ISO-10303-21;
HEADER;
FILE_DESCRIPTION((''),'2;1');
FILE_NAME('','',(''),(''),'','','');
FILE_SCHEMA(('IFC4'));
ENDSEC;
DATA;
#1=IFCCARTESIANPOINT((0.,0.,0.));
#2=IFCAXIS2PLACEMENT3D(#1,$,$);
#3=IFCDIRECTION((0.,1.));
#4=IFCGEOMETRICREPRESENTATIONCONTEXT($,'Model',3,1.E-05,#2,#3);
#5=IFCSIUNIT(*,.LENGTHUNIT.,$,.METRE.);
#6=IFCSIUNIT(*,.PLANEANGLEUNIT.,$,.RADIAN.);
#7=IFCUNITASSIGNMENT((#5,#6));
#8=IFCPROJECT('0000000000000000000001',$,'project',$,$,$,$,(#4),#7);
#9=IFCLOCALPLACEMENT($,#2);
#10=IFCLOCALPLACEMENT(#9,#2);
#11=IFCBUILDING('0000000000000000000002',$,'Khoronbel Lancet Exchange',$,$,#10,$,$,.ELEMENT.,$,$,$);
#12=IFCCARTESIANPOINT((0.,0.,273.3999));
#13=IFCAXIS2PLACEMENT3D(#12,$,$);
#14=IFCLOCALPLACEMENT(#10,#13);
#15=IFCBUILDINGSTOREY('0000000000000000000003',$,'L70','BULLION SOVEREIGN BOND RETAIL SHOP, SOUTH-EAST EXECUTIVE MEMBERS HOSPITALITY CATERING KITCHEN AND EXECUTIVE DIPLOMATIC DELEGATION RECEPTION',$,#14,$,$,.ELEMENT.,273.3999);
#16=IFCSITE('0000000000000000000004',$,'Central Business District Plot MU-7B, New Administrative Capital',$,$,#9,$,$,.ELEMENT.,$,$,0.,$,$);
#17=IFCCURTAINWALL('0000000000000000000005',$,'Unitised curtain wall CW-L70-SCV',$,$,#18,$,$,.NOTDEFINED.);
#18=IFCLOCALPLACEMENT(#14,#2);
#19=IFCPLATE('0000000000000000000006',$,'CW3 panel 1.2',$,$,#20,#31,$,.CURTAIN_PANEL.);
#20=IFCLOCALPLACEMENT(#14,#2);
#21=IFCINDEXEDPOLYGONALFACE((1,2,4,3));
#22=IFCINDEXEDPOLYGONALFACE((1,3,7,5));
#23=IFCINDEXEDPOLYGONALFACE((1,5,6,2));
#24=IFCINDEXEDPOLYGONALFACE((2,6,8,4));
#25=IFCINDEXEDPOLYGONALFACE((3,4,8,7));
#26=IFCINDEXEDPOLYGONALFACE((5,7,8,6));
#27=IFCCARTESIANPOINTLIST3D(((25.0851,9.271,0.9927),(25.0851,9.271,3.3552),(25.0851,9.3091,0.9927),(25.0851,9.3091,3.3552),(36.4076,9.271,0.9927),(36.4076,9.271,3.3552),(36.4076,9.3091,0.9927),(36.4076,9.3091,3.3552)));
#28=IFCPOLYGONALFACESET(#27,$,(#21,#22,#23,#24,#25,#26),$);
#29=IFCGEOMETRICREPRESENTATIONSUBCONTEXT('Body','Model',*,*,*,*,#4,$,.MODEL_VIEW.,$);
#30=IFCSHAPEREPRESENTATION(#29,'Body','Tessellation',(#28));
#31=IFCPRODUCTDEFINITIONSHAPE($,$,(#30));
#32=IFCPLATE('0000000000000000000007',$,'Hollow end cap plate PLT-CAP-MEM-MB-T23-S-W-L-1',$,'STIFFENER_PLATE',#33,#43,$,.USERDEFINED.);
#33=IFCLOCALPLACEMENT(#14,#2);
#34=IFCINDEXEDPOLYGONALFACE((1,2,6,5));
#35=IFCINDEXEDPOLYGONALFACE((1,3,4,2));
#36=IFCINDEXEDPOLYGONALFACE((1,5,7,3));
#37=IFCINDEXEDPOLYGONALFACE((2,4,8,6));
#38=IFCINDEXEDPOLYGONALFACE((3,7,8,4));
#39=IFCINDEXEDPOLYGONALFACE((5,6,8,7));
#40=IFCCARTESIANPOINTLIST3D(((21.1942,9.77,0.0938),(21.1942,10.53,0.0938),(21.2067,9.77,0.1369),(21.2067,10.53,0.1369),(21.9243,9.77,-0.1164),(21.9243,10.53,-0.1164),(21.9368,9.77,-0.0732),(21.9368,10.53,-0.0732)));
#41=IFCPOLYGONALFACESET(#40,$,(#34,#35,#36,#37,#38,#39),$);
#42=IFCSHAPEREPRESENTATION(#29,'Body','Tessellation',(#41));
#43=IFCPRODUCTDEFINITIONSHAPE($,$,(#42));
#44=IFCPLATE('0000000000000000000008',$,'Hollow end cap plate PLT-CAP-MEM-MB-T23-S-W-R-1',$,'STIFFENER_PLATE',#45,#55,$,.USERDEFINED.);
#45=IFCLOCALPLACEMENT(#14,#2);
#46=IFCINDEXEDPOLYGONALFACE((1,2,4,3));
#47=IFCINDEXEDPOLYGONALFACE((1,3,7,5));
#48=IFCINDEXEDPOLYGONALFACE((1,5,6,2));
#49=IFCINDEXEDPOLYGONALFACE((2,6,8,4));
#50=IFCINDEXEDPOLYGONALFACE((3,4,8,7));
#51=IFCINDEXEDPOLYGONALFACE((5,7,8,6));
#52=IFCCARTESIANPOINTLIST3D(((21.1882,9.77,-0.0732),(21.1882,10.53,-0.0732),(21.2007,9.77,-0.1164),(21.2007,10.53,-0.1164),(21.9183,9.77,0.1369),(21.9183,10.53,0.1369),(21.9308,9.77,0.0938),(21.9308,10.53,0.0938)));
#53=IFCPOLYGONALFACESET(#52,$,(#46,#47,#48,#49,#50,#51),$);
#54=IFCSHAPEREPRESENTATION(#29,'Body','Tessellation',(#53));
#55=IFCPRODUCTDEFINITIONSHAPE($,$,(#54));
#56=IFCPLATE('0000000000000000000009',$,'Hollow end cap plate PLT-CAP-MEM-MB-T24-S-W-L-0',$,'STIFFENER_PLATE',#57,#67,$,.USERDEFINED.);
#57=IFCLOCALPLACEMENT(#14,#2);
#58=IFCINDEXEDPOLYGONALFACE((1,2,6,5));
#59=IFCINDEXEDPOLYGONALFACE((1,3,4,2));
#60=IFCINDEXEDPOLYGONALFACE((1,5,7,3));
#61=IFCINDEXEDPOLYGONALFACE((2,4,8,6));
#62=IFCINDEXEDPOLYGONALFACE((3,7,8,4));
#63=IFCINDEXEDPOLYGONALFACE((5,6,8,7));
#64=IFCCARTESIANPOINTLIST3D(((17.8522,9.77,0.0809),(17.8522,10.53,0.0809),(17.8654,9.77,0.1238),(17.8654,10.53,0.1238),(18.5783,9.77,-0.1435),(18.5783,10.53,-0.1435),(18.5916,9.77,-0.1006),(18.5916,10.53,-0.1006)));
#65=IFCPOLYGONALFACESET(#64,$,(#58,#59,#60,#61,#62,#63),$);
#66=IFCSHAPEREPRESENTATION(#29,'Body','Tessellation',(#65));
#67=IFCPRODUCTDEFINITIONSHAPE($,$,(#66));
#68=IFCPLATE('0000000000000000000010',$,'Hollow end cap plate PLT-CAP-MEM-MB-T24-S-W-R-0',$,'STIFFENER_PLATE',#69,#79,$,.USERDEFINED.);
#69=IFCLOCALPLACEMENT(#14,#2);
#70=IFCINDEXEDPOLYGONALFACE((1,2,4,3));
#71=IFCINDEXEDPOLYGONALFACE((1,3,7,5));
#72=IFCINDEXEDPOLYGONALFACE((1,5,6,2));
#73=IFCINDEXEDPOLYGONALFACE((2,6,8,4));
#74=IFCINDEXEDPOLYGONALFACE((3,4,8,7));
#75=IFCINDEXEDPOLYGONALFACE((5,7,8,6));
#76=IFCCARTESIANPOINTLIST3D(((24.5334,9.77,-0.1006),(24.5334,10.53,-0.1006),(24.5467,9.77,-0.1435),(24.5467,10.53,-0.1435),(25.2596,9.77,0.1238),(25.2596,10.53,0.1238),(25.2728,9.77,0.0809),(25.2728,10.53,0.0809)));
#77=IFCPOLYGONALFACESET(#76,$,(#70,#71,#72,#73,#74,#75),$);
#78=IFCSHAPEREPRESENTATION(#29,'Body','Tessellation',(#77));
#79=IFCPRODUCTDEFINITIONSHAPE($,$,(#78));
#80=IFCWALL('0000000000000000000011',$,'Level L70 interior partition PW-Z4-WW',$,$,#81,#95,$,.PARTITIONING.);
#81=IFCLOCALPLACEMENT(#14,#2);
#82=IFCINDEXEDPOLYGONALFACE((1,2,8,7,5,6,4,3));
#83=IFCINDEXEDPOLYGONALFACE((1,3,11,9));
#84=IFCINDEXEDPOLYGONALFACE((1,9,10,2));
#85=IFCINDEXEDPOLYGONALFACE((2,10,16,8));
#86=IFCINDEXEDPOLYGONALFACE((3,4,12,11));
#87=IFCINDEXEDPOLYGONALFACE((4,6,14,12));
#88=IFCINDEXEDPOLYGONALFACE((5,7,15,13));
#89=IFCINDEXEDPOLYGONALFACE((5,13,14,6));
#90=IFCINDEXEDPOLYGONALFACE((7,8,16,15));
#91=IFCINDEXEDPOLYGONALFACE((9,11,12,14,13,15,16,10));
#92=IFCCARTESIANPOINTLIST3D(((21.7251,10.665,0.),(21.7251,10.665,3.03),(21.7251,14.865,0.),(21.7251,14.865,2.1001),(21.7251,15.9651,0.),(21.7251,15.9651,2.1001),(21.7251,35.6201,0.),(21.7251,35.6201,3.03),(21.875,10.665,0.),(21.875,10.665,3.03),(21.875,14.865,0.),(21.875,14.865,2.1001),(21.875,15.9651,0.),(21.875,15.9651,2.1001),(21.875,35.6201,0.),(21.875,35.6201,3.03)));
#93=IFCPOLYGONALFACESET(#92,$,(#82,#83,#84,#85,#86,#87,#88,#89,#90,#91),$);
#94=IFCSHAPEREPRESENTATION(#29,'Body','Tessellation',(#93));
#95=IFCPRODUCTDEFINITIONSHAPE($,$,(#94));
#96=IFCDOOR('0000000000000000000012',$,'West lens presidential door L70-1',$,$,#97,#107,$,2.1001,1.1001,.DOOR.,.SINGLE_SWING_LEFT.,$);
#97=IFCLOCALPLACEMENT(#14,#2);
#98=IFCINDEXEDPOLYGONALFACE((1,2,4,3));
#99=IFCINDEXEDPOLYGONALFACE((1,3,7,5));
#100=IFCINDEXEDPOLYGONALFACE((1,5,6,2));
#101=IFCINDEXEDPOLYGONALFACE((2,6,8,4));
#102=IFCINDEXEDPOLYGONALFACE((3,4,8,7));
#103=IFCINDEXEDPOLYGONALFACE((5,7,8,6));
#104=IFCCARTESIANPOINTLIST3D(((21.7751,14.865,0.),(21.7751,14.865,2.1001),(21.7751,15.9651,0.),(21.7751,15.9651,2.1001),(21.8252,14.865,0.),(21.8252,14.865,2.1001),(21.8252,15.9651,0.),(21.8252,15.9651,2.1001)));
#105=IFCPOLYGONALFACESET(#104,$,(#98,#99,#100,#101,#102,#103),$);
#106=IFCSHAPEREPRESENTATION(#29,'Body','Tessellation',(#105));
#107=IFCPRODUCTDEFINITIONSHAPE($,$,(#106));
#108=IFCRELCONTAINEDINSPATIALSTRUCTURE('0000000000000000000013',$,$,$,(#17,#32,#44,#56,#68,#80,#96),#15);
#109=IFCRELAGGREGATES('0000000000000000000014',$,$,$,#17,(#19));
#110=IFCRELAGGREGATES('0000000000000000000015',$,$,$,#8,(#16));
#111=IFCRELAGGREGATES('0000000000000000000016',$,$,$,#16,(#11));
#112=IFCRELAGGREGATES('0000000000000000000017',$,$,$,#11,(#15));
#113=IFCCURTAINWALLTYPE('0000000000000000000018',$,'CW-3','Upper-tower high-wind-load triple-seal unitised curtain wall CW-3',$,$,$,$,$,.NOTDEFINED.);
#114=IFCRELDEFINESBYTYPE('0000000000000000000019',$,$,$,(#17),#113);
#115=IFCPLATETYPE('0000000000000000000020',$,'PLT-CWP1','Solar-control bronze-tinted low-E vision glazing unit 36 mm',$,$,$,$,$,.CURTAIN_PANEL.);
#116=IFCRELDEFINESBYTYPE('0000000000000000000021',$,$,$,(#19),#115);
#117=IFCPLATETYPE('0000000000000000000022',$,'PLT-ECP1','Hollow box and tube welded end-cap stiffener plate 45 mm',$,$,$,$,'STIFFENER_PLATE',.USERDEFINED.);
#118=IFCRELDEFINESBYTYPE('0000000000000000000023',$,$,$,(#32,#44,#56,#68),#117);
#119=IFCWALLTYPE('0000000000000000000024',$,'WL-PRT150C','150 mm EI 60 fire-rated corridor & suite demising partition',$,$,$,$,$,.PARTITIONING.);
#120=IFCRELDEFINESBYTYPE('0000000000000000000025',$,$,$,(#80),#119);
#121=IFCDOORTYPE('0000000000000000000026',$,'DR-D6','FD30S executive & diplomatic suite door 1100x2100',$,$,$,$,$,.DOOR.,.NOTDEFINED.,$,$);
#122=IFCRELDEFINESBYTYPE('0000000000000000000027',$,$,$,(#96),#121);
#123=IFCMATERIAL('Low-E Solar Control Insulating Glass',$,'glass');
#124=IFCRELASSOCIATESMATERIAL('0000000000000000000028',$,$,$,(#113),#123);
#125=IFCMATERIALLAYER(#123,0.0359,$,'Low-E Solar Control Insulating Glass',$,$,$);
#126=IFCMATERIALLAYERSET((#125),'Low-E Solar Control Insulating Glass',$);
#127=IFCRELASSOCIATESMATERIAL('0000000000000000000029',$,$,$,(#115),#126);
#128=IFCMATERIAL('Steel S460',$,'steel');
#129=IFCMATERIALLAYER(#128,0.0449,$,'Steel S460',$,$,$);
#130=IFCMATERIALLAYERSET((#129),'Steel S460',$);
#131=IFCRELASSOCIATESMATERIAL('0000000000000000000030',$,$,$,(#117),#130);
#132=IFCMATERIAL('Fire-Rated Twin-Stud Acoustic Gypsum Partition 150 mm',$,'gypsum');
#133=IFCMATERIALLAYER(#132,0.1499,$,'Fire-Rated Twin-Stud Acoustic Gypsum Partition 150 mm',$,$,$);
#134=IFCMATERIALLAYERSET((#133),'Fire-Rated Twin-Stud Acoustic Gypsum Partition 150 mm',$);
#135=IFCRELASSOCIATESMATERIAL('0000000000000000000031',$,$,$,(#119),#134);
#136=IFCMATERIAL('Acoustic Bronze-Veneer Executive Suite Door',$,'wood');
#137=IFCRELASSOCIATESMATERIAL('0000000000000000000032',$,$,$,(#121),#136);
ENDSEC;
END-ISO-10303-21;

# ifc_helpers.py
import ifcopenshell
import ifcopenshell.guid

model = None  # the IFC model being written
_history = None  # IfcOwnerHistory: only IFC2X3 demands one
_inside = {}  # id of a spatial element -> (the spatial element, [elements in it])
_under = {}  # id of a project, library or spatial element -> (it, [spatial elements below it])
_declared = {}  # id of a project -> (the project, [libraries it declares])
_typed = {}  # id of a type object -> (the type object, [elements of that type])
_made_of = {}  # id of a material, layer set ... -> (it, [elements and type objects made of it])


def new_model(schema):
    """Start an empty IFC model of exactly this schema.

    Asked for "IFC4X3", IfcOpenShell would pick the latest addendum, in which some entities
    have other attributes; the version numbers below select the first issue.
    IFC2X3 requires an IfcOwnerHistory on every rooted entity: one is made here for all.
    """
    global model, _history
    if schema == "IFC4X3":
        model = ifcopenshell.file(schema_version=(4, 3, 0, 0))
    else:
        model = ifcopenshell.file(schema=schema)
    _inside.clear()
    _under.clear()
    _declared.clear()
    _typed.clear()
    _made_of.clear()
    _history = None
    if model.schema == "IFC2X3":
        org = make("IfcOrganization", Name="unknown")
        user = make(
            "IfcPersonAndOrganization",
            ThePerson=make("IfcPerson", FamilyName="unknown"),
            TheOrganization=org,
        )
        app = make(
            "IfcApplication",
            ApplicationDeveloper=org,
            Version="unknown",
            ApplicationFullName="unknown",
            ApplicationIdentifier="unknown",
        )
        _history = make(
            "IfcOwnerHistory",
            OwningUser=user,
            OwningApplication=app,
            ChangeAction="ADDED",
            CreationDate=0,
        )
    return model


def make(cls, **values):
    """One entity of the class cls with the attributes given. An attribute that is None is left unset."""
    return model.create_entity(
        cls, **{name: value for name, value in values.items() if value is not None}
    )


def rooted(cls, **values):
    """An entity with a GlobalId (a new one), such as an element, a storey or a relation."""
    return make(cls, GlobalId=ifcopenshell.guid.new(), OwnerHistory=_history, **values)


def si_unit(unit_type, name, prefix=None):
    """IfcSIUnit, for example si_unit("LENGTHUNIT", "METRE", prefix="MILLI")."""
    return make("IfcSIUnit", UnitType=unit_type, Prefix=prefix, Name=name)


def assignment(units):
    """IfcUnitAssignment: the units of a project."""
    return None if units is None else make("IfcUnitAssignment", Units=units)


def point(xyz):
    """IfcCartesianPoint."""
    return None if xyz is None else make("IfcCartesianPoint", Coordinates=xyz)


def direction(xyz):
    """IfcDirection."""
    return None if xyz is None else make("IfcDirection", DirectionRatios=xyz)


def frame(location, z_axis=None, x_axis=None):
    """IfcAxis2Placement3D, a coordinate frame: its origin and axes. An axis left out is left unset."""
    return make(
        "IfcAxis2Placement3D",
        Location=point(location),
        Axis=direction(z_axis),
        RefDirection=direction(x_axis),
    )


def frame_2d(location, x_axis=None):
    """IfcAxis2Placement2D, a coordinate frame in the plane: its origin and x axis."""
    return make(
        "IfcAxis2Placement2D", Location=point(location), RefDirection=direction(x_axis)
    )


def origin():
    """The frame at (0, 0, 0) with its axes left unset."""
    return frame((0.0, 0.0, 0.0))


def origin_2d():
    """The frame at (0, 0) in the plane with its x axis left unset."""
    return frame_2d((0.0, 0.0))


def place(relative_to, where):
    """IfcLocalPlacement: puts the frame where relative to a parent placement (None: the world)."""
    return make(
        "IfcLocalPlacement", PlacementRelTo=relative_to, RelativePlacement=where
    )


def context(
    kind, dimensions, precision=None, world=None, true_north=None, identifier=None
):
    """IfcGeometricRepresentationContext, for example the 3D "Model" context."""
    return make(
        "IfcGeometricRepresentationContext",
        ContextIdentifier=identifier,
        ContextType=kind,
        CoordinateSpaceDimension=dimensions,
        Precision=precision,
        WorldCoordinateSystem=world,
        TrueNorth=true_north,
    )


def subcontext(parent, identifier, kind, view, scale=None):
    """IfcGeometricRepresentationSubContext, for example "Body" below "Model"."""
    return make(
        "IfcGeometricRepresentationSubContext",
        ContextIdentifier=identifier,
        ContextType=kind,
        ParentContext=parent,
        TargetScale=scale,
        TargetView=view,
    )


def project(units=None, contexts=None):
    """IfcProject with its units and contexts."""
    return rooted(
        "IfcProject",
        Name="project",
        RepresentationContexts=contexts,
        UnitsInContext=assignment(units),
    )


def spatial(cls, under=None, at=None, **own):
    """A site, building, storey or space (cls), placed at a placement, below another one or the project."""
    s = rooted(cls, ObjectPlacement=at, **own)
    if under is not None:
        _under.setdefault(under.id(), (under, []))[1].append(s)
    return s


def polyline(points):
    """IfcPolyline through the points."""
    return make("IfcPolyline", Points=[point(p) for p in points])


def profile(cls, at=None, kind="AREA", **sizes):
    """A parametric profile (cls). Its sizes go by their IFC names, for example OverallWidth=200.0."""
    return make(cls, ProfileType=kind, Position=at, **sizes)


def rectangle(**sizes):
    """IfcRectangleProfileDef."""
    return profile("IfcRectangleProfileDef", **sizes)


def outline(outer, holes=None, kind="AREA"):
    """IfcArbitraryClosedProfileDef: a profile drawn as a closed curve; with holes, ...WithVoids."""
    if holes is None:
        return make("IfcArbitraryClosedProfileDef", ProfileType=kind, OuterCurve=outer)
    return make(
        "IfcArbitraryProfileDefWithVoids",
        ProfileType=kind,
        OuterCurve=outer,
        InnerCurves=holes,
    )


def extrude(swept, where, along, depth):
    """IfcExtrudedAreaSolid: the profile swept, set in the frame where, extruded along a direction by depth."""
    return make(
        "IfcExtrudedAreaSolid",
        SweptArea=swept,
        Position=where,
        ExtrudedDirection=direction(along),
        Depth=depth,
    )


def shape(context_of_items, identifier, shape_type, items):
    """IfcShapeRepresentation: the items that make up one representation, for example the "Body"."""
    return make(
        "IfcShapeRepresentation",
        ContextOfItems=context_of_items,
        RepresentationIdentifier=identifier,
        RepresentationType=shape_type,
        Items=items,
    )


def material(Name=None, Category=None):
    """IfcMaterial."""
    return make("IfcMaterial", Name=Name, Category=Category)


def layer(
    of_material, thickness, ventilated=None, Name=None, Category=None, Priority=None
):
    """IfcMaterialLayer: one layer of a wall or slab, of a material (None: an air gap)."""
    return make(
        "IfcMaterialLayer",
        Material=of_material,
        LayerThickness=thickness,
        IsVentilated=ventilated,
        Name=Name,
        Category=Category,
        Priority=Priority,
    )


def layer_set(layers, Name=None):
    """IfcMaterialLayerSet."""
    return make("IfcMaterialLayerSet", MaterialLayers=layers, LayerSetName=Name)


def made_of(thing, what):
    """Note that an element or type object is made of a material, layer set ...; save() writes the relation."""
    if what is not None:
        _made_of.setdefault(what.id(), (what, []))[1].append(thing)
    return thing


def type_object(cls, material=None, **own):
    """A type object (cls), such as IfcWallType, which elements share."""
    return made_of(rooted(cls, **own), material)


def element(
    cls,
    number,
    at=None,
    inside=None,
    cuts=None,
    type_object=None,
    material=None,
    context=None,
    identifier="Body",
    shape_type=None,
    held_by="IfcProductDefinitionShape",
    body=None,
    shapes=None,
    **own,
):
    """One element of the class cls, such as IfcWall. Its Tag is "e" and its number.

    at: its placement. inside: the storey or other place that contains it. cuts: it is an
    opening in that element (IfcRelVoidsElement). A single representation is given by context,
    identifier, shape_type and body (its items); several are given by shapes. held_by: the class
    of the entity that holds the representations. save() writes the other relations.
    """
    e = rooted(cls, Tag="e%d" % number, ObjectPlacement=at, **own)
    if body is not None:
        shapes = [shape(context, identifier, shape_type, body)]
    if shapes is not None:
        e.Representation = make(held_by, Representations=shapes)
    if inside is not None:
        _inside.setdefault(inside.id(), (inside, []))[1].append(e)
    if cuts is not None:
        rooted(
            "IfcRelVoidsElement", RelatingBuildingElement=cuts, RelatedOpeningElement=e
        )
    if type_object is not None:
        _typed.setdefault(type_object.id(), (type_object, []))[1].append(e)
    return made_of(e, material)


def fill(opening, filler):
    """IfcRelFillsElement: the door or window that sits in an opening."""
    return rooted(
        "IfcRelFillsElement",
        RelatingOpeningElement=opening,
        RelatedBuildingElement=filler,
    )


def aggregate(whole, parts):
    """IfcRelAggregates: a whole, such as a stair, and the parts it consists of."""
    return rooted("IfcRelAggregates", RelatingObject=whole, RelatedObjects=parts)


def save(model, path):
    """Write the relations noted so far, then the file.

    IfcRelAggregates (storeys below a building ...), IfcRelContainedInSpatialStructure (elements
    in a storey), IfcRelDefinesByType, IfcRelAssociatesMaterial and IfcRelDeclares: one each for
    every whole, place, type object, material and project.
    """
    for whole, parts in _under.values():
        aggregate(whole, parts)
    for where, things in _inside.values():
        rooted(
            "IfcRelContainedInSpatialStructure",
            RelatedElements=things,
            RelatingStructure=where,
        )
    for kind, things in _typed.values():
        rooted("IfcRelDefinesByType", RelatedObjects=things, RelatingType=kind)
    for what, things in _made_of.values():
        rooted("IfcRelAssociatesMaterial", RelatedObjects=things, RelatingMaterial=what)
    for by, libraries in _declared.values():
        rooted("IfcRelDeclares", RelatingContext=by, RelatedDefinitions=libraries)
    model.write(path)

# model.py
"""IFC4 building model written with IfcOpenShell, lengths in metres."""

from ifc_helpers import new_model, si_unit, direction, frame, frame_2d, origin, origin_2d, place, context, subcontext, project, spatial, polyline, rectangle, outline, extrude, material, layer, layer_set, type_object, element, fill, aggregate, save


model = new_model("IFC4")

# Units and contexts
model_context = context("Model", 3, precision=1e-05, world=origin(), true_north=direction((0.0, 1.0)))
body_context = subcontext(model_context, "Body", "Model", "MODEL_VIEW")
ifc_project = project(units=[si_unit("LENGTHUNIT", "METRE"), si_unit("PLANEANGLEUNIT", "RADIAN")], contexts=[model_context])

# Site, building, storey
site_placement = place(None, origin())
site = spatial("IfcSite", under=ifc_project, at=site_placement, Name="Central Business District Plot MU-7B, New Administrative Capital", CompositionType="ELEMENT", RefElevation=0.0)
building_placement = place(site_placement, origin())
building = spatial("IfcBuilding", under=site, at=building_placement, Name="Khoronbel Lancet Exchange", CompositionType="ELEMENT")
storey_placement = place(building_placement, frame((0.0, 0.0, 273.3999)))
storey = spatial("IfcBuildingStorey", under=building, at=storey_placement, Name="L70", Description="BULLION SOVEREIGN BOND RETAIL SHOP, SOUTH-EAST EXECUTIVE MEMBERS HOSPITALITY CATERING KITCHEN AND EXECUTIVE DIPLOMATIC DELEGATION RECEPTION", CompositionType="ELEMENT", Elevation=273.3999)

# Shared definitions
ifc_material_1 = material(Name="Steel S460", Category="steel")

# Shared definitions
ifc_material_2 = material(Name="Low-E Solar Control Insulating Glass", Category="glass")
curtain_wall_type = type_object("IfcCurtainWallType", Name="CW-3", Description="Upper-tower high-wind-load triple-seal unitised curtain wall CW-3", PredefinedType="NOTDEFINED", material=ifc_material_2)

# Curtain wall
curtain_wall_1_placement = place(storey_placement, origin())
curtain_wall_1 = element("IfcCurtainWall", 1, at=curtain_wall_1_placement, inside=storey, type_object=curtain_wall_type, Name="Unitised curtain wall CW-L70-SCV", PredefinedType="NOTDEFINED")

# Plate
ifc_layer_1 = layer(ifc_material_2, 0.0359, Name="Low-E Solar Control Insulating Glass")
ifc_layer_set_1 = layer_set([ifc_layer_1], Name="Low-E Solar Control Insulating Glass")
plate_type_1 = type_object("IfcPlateType", Name="PLT-CWP1", Description="Solar-control bronze-tinted low-E vision glazing unit 36 mm", PredefinedType="CURTAIN_PANEL", material=ifc_layer_set_1)
plate_1_placement = place(storey_placement, frame((30.7463, 9.29, 0.9927), z_axis=(0.0, 0.0, 1.0), x_axis=(1.0, 0.0, 0.0)))
plate_1 = element("IfcPlate", 2, at=plate_1_placement, type_object=plate_type_1, Name="CW3 panel 1.2", PredefinedType="CURTAIN_PANEL", context=body_context, shape_type="SweptSolid", body=[
    extrude(rectangle(XDim=11.3225, YDim=0.0381, at=origin_2d()), origin(), (0.0, 0.0, 1.0), 2.3625),
])
aggregate(curtain_wall_1, [plate_1])

# Plates
ifc_layer_2 = layer(ifc_material_1, 0.0449, Name="Steel S460")
ifc_layer_set_2 = layer_set([ifc_layer_2], Name="Steel S460")
plate_type_2 = type_object("IfcPlateType", Name="PLT-ECP1", Description="Hollow box and tube welded end-cap stiffener plate 45 mm", ElementType="STIFFENER_PLATE", PredefinedType="USERDEFINED", material=ifc_layer_set_2)
for number, where, z_axis, x_axis, name in (
    (3, (21.9368, 9.77, -0.0732), (0.27663, 0.0, 0.960976), (0.0, 1.0, 0.0), "Hollow end cap plate PLT-CAP-MEM-MB-T23-S-W-L-1"),
    (4, (21.1882, 10.53, -0.0732), (-0.27663, 0.0, 0.960976), (0.0, -1.0, 0.0), "Hollow end cap plate PLT-CAP-MEM-MB-T23-S-W-R-1"),
):
    element("IfcPlate", number, at=place(storey_placement, frame(where, z_axis=z_axis, x_axis=x_axis)), inside=storey, type_object=plate_type_2, Name=name, ObjectType="STIFFENER_PLATE", PredefinedType="USERDEFINED", context=body_context, shape_type="SweptSolid", body=[
        extrude(outline(polyline([(0.0, 0.0), (0.76, 0.0), (0.76, 0.7598), (0.0, 0.7598), (0.0, 0.0)])), origin(), (0.0, 0.0, -1.0), 0.0449),
    ])
for number, where, z_axis, x_axis, name in (
    (5, (18.5916, 9.77, -0.1006), (0.295237, 0.0, 0.955424), (0.0, 1.0, 0.0), "Hollow end cap plate PLT-CAP-MEM-MB-T24-S-W-L-0"),
    (6, (24.5334, 10.53, -0.1006), (-0.295237, 0.0, 0.955424), (0.0, -1.0, 0.0), "Hollow end cap plate PLT-CAP-MEM-MB-T24-S-W-R-0"),
):
    element("IfcPlate", number, at=place(storey_placement, frame(where, z_axis=z_axis, x_axis=x_axis)), inside=storey, type_object=plate_type_2, Name=name, ObjectType="STIFFENER_PLATE", PredefinedType="USERDEFINED", context=body_context, shape_type="SweptSolid", body=[
        extrude(outline(polyline([(0.0, 0.0), (0.76, 0.0), (0.76, 0.76), (0.0, 0.76), (0.0, 0.0)])), origin(), (0.0, 0.0, -1.0), 0.0449),
    ])

# Wall, opening, door
ifc_material_3 = material(Name="Fire-Rated Twin-Stud Acoustic Gypsum Partition 150 mm", Category="gypsum")
ifc_layer_3 = layer(ifc_material_3, 0.1499, Name="Fire-Rated Twin-Stud Acoustic Gypsum Partition 150 mm")
ifc_layer_set_3 = layer_set([ifc_layer_3], Name="Fire-Rated Twin-Stud Acoustic Gypsum Partition 150 mm")
wall_type = type_object("IfcWallType", Name="WL-PRT150C", Description="150 mm EI 60 fire-rated corridor & suite demising partition", PredefinedType="PARTITIONING", material=ifc_layer_set_3)
wall_placement = place(storey_placement, frame((21.8, 10.665, 0.0), z_axis=(0.0, 0.0, 1.0), x_axis=(0.0, 1.0, 0.0)))
wall = element("IfcWall", 7, at=wall_placement, inside=storey, type_object=wall_type, Name="Level L70 interior partition PW-Z4-WW", PredefinedType="PARTITIONING", context=body_context, shape_type="SweptSolid", body=[
    extrude(rectangle(XDim=24.9551, YDim=0.1499, at=frame_2d((12.4775, 0.0))), origin(), (0.0, 0.0, 1.0), 3.03),
])
opening_placement = place(wall_placement, frame((4.2, 0.0, 0.0)))
opening = element("IfcOpeningElement", 8, at=opening_placement, cuts=wall, PredefinedType="OPENING", context=body_context, shape_type="SweptSolid", body=[
    extrude(rectangle(XDim=1.1001, YDim=2.1001, at=frame_2d((0.55, 1.05))), frame((0.0, 0.085, 0.0), z_axis=(0.0, -1.0, 0.0), x_axis=(1.0, 0.0, 0.0)), (0.0, 0.0, 1.0), 0.1699),
])
ifc_material_4 = material(Name="Acoustic Bronze-Veneer Executive Suite Door", Category="wood")
door_type = type_object("IfcDoorType", Name="DR-D6", Description="FD30S executive & diplomatic suite door 1100x2100", OperationType="NOTDEFINED", PredefinedType="DOOR", material=ifc_material_4)
door_placement = place(opening_placement, origin())
door = element("IfcDoor", 9, at=door_placement, inside=storey, type_object=door_type, Name="West lens presidential door L70-1", OperationType="SINGLE_SWING_LEFT", OverallHeight=2.1001, OverallWidth=1.1001, PredefinedType="DOOR", context=body_context, shape_type="SweptSolid", body=[
    extrude(rectangle(XDim=1.1001, YDim=2.1001, at=frame_2d((0.55, 1.05))), frame((0.0, 0.0249, 0.0), z_axis=(0.0, -1.0, 0.0), x_axis=(1.0, 0.0, 0.0)), (0.0, 0.0, 1.0), 0.05),
])
fill(opening, door)

save(model, "model.ifc")
